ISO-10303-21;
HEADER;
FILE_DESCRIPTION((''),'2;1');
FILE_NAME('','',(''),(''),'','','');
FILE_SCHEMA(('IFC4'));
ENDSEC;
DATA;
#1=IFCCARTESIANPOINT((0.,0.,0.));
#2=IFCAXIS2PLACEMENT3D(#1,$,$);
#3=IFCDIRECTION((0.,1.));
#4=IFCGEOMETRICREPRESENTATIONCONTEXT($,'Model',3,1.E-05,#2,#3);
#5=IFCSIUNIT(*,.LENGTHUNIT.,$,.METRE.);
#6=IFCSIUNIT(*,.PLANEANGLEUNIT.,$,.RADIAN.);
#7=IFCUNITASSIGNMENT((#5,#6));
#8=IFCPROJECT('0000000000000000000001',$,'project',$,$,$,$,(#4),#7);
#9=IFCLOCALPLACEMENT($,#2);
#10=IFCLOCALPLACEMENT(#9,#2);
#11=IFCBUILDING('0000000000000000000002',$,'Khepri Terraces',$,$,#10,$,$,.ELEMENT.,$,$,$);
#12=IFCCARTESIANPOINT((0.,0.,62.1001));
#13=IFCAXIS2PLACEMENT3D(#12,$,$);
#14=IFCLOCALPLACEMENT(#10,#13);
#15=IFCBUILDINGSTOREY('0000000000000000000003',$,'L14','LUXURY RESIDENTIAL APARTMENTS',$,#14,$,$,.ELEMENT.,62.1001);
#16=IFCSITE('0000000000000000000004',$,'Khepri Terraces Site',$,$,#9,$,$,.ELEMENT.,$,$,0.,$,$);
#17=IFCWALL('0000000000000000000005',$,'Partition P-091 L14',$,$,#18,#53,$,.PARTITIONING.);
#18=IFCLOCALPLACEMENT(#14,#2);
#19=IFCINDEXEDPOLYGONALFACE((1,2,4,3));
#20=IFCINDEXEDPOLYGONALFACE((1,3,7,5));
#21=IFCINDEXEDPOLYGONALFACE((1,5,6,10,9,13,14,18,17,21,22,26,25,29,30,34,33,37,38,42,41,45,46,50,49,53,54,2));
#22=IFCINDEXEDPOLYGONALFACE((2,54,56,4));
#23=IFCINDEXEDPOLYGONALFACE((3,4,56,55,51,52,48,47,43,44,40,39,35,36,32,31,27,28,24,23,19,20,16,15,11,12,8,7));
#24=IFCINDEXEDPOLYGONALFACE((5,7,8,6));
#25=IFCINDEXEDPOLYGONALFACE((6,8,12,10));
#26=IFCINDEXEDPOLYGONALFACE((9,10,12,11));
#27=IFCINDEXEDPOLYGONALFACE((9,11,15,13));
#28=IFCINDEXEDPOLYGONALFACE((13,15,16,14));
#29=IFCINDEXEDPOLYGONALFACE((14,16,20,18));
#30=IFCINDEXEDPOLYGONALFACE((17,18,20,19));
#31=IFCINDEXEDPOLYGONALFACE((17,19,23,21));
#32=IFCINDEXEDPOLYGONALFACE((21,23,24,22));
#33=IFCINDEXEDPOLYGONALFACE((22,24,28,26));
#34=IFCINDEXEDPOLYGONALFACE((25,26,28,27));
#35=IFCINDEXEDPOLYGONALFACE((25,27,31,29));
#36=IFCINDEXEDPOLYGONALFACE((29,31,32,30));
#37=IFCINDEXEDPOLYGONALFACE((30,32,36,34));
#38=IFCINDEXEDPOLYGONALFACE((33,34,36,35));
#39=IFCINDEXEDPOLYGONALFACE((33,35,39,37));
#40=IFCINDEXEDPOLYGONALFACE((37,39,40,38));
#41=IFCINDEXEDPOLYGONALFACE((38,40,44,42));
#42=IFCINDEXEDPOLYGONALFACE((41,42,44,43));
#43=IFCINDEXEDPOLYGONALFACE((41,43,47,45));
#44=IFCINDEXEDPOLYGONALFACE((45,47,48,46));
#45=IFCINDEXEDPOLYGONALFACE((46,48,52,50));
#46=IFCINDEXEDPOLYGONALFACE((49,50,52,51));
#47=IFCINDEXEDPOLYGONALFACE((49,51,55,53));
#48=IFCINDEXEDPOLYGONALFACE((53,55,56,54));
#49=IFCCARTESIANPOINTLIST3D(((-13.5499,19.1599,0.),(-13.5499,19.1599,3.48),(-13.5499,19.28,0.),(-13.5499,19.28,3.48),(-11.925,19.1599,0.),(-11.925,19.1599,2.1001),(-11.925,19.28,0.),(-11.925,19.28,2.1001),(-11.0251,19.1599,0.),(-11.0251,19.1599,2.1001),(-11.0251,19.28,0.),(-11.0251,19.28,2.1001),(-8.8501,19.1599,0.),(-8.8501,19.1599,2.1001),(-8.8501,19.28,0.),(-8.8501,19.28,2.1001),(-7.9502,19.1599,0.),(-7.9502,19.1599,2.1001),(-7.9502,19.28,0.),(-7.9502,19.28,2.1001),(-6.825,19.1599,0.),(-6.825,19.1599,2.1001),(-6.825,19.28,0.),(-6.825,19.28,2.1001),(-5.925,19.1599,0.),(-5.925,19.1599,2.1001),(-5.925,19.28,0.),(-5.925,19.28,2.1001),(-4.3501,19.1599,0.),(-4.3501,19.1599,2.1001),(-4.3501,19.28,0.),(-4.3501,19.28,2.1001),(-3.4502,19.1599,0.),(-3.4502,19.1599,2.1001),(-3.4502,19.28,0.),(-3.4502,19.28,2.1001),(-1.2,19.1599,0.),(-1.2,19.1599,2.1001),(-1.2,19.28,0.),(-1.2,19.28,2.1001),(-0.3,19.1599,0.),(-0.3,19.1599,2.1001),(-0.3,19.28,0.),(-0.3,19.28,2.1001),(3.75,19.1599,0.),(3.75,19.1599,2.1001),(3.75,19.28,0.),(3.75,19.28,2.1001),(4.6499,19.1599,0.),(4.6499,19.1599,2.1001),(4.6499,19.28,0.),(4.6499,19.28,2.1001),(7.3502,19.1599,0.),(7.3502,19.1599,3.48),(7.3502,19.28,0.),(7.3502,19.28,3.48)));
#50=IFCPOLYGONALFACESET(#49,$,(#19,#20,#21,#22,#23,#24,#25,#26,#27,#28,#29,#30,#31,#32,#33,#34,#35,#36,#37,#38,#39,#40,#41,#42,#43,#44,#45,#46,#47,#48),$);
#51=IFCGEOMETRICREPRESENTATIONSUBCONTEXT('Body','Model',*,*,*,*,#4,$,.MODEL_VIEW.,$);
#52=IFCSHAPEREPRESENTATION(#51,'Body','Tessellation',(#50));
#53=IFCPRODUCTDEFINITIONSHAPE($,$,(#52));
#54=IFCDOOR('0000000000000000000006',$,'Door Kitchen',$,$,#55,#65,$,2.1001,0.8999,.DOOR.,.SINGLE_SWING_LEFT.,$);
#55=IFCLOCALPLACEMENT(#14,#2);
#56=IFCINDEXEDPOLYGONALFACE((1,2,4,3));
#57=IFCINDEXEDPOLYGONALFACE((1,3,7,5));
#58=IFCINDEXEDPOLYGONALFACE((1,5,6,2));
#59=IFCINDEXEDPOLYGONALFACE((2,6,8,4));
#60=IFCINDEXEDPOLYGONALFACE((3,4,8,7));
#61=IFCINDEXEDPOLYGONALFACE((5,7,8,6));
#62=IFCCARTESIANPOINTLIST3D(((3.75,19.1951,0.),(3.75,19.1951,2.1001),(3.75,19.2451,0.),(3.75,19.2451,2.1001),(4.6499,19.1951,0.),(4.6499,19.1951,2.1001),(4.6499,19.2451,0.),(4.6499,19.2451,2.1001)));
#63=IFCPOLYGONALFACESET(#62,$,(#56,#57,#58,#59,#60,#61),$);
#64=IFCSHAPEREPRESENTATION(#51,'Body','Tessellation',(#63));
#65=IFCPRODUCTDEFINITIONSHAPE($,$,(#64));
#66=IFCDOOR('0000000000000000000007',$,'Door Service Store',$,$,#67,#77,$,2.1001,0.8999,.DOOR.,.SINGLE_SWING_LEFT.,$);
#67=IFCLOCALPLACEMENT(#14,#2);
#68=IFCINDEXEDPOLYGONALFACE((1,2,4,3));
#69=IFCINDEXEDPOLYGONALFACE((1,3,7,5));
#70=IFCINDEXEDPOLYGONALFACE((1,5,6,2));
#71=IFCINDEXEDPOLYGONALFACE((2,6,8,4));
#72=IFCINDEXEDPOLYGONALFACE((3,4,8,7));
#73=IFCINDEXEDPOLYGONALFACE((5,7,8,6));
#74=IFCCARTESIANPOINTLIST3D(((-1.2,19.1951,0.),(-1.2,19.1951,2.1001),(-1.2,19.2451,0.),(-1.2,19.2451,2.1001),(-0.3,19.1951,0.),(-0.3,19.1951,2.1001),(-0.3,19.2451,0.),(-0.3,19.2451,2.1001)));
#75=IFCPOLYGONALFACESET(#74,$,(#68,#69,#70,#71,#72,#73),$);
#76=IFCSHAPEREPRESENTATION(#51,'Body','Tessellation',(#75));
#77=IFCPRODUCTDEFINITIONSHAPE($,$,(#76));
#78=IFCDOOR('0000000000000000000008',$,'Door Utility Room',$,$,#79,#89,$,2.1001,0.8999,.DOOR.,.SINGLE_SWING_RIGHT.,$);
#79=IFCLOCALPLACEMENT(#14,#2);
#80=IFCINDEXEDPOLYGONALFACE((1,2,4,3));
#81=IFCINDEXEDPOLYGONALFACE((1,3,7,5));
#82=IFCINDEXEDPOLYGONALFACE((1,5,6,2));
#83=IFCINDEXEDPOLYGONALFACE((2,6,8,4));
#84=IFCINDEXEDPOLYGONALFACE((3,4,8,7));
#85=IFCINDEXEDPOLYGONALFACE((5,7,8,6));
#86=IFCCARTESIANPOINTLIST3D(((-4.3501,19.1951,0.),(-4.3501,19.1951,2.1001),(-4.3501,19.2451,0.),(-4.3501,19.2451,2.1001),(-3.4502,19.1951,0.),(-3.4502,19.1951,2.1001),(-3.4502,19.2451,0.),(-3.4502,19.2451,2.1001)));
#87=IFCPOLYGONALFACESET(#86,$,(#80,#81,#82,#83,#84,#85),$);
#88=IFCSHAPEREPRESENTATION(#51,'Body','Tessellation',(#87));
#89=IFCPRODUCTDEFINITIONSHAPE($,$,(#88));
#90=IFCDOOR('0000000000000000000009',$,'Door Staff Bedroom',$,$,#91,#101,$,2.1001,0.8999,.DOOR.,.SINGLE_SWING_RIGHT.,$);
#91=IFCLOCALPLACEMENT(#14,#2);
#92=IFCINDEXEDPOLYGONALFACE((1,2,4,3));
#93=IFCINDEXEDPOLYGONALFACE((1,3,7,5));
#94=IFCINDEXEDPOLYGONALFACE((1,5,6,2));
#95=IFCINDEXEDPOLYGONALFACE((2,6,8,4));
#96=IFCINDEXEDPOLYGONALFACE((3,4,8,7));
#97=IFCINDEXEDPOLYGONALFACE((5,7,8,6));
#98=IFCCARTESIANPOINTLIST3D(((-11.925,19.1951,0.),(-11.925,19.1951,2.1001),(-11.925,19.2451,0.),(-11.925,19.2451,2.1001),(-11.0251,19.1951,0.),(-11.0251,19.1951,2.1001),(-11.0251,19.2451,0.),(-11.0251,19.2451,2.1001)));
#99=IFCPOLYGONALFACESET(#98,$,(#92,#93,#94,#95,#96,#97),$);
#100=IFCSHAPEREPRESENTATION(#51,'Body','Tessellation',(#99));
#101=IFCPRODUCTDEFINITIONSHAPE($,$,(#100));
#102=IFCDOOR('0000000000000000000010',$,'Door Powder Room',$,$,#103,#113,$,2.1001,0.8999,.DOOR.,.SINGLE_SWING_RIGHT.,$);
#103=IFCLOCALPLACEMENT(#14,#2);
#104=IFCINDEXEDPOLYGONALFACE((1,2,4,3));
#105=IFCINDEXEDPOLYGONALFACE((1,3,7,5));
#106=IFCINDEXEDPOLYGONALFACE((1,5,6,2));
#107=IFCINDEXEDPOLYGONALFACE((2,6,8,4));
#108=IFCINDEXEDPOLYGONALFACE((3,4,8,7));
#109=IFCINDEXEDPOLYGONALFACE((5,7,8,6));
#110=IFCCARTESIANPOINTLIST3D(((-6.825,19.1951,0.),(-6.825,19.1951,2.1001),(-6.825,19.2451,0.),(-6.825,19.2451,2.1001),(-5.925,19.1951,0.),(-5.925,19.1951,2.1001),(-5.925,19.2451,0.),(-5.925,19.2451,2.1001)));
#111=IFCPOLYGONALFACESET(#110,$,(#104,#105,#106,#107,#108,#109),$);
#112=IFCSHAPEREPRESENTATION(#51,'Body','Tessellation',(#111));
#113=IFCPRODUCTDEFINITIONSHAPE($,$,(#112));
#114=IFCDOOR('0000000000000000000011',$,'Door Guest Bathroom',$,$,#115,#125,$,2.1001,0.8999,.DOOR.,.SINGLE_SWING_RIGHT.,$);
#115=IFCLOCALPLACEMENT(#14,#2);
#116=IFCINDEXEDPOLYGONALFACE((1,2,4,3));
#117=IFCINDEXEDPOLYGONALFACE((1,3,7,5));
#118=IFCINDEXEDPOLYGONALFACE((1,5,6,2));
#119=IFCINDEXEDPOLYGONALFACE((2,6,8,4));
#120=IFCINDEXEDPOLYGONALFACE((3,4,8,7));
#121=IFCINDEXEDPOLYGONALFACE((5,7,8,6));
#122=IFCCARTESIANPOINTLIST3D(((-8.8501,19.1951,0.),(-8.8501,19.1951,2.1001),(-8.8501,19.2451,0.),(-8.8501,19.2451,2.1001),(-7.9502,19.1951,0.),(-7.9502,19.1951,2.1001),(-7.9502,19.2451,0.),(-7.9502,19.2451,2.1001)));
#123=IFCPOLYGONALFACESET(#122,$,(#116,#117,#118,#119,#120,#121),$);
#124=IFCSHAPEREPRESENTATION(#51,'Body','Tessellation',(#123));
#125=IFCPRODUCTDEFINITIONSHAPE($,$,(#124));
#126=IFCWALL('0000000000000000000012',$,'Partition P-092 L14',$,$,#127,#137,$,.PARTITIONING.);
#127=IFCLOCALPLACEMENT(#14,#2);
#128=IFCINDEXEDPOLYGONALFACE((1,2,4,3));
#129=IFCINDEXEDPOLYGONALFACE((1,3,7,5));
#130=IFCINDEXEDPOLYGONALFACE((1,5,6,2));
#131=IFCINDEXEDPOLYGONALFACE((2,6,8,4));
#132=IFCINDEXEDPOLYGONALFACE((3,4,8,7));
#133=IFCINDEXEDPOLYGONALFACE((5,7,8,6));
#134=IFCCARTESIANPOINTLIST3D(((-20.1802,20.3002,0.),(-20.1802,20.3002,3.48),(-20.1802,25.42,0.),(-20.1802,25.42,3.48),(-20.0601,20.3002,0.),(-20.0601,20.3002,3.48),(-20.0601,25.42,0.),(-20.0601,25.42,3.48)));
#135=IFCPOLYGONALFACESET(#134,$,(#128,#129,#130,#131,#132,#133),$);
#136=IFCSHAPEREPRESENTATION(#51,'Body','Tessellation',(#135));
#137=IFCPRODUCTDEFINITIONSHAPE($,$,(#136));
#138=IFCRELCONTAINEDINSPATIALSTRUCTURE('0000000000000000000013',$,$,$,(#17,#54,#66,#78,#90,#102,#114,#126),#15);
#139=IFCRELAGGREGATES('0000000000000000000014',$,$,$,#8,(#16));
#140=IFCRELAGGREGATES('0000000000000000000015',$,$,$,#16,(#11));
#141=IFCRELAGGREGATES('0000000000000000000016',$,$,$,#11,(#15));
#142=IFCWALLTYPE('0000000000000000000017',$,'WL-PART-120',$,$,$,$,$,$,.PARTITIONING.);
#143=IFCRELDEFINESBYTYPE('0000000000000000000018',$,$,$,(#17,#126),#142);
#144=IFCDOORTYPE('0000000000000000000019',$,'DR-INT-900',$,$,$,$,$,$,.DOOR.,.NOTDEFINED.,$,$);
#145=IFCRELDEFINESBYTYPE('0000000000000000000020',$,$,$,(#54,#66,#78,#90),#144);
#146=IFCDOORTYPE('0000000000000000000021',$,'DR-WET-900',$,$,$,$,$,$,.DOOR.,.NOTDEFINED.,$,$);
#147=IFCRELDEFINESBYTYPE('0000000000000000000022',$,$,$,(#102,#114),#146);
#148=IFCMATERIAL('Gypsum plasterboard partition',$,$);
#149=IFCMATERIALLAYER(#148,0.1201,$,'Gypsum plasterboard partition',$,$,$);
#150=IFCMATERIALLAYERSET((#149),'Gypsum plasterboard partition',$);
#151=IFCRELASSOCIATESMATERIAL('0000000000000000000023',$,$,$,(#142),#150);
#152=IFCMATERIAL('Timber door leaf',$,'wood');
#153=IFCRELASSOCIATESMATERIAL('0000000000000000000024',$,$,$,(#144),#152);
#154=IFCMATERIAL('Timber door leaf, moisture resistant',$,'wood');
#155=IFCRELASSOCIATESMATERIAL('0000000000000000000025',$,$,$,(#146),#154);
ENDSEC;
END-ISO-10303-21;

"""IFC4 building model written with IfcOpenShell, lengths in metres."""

from ifc_helpers import new_model, si_unit, direction, frame, frame_2d, origin, place, context, subcontext, project, spatial, rectangle, extrude, material, layer, layer_set, type_object, element, fill, save


model = new_model("IFC4")

# Units and contexts
model_context = context("Model", 3, precision=1e-05, world=origin(), true_north=direction((0.0, 1.0)))
body_context = subcontext(model_context, "Body", "Model", "MODEL_VIEW")
ifc_project = project(units=[si_unit("LENGTHUNIT", "METRE"), si_unit("PLANEANGLEUNIT", "RADIAN")], contexts=[model_context])

# Site, building, storey
site_placement = place(None, origin())
site = spatial("IfcSite", under=ifc_project, at=site_placement, Name="Khepri Terraces Site", CompositionType="ELEMENT", RefElevation=0.0)
building_placement = place(site_placement, origin())
building = spatial("IfcBuilding", under=site, at=building_placement, Name="Khepri Terraces", CompositionType="ELEMENT")
storey_placement = place(building_placement, frame((0.0, 0.0, 62.1001)))
storey = spatial("IfcBuildingStorey", under=building, at=storey_placement, Name="L14", Description="LUXURY RESIDENTIAL APARTMENTS", CompositionType="ELEMENT", Elevation=62.1001)

# Shared definitions
ifc_material_1 = material(Name="Gypsum plasterboard partition")
ifc_layer_1 = layer(ifc_material_1, 0.1201, Name="Gypsum plasterboard partition")
ifc_layer_set_1 = layer_set([ifc_layer_1], Name="Gypsum plasterboard partition")
wall_type_1 = type_object("IfcWallType", Name="WL-PART-120", PredefinedType="PARTITIONING", material=ifc_layer_set_1)

# Wall, openings, doors
wall_1_placement = place(storey_placement, frame((-13.55, 19.22, 0.0), z_axis=(0.0, 0.0, 1.0), x_axis=(1.0, 0.0, 0.0)))
wall_1 = element("IfcWall", 1, at=wall_1_placement, inside=storey, type_object=wall_type_1, Name="Partition P-091 L14", PredefinedType="PARTITIONING", context=body_context, shape_type="SweptSolid", body=[
    extrude(rectangle(XDim=20.9001, YDim=0.1201, at=frame_2d((10.4502, 0.0))), origin(), (0.0, 0.0, 1.0), 3.48),
])
opening_1_placement = place(wall_1_placement, frame((17.3, 0.0, 0.0)))
opening_1 = element("IfcOpeningElement", 2, at=opening_1_placement, cuts=wall_1, PredefinedType="OPENING", context=body_context, shape_type="SweptSolid", body=[
    extrude(rectangle(XDim=0.8999, YDim=2.1001, at=frame_2d((0.45, 1.05))), frame((0.0, 0.0701, 0.0), z_axis=(0.0, -1.0, 0.0), x_axis=(1.0, 0.0, 0.0)), (0.0, 0.0, 1.0), 0.1401),
])
opening_2_placement = place(wall_1_placement, frame((12.3501, 0.0, 0.0)))
opening_2 = element("IfcOpeningElement", 3, at=opening_2_placement, cuts=wall_1, PredefinedType="OPENING", context=body_context, shape_type="SweptSolid", body=[
    extrude(rectangle(XDim=0.8999, YDim=2.1001, at=frame_2d((0.45, 1.05))), frame((0.0, 0.0701, 0.0), z_axis=(0.0, -1.0, 0.0), x_axis=(1.0, 0.0, 0.0)), (0.0, 0.0, 1.0), 0.1401),
])
opening_3_placement = place(wall_1_placement, frame((9.2, 0.0, 0.0)))
opening_3 = element("IfcOpeningElement", 4, at=opening_3_placement, cuts=wall_1, PredefinedType="OPENING", context=body_context, shape_type="SweptSolid", body=[
    extrude(rectangle(XDim=0.8999, YDim=2.1001, at=frame_2d((0.45, 1.05))), frame((0.0, 0.0701, 0.0), z_axis=(0.0, -1.0, 0.0), x_axis=(1.0, 0.0, 0.0)), (0.0, 0.0, 1.0), 0.1401),
])
opening_4_placement = place(wall_1_placement, frame((6.7251, 0.0, 0.0)))
opening_4 = element("IfcOpeningElement", 5, at=opening_4_placement, cuts=wall_1, PredefinedType="OPENING", context=body_context, shape_type="SweptSolid", body=[
    extrude(rectangle(XDim=0.8999, YDim=2.1001, at=frame_2d((0.45, 1.05))), frame((0.0, 0.0701, 0.0), z_axis=(0.0, -1.0, 0.0), x_axis=(1.0, 0.0, 0.0)), (0.0, 0.0, 1.0), 0.1401),
])
opening_5_placement = place(wall_1_placement, frame((4.7, 0.0, 0.0)))
opening_5 = element("IfcOpeningElement", 6, at=opening_5_placement, cuts=wall_1, PredefinedType="OPENING", context=body_context, shape_type="SweptSolid", body=[
    extrude(rectangle(XDim=0.8999, YDim=2.1001, at=frame_2d((0.45, 1.05))), frame((0.0, 0.0701, 0.0), z_axis=(0.0, -1.0, 0.0), x_axis=(1.0, 0.0, 0.0)), (0.0, 0.0, 1.0), 0.1401),
])
opening_6_placement = place(wall_1_placement, frame((1.625, 0.0, 0.0)))
opening_6 = element("IfcOpeningElement", 7, at=opening_6_placement, cuts=wall_1, PredefinedType="OPENING", context=body_context, shape_type="SweptSolid", body=[
    extrude(rectangle(XDim=0.8999, YDim=2.1001, at=frame_2d((0.45, 1.05))), frame((0.0, 0.0701, 0.0), z_axis=(0.0, -1.0, 0.0), x_axis=(1.0, 0.0, 0.0)), (0.0, 0.0, 1.0), 0.1401),
])
ifc_material_2 = material(Name="Timber door leaf", Category="wood")
door_type_1 = type_object("IfcDoorType", Name="DR-INT-900", OperationType="NOTDEFINED", PredefinedType="DOOR", material=ifc_material_2)
door_1_placement = place(opening_1_placement, frame((0.8999, 0.0, 0.0), z_axis=(0.0, 0.0, 1.0), x_axis=(-1.0, 0.0, 0.0)))
door_1 = element("IfcDoor", 8, at=door_1_placement, inside=storey, type_object=door_type_1, Name="Door Kitchen", OperationType="SINGLE_SWING_LEFT", OverallHeight=2.1001, OverallWidth=0.8999, PredefinedType="DOOR", context=body_context, shape_type="SweptSolid", body=[
    extrude(rectangle(XDim=0.8999, YDim=2.1001, at=frame_2d((0.45, 1.05))), frame((0.0, 0.0249, 0.0), z_axis=(0.0, -1.0, 0.0), x_axis=(1.0, 0.0, 0.0)), (0.0, 0.0, 1.0), 0.05),
])
fill(opening_1, door_1)
door_2_placement = place(opening_2_placement, frame((0.8999, 0.0, 0.0), z_axis=(0.0, 0.0, 1.0), x_axis=(-1.0, 0.0, 0.0)))
door_2 = element("IfcDoor", 9, at=door_2_placement, inside=storey, type_object=door_type_1, Name="Door Service Store", OperationType="SINGLE_SWING_LEFT", OverallHeight=2.1001, OverallWidth=0.8999, PredefinedType="DOOR", context=body_context, shape_type="SweptSolid", body=[
    extrude(rectangle(XDim=0.8999, YDim=2.1001, at=frame_2d((0.45, 1.05))), frame((0.0, 0.0249, 0.0), z_axis=(0.0, -1.0, 0.0), x_axis=(1.0, 0.0, 0.0)), (0.0, 0.0, 1.0), 0.05),
])
fill(opening_2, door_2)
door_3_placement = place(opening_3_placement, frame((0.8999, 0.0, 0.0), z_axis=(0.0, 0.0, 1.0), x_axis=(-1.0, 0.0, 0.0)))
door_3 = element("IfcDoor", 10, at=door_3_placement, inside=storey, type_object=door_type_1, Name="Door Utility Room", OperationType="SINGLE_SWING_RIGHT", OverallHeight=2.1001, OverallWidth=0.8999, PredefinedType="DOOR", context=body_context, shape_type="SweptSolid", body=[
    extrude(rectangle(XDim=0.8999, YDim=2.1001, at=frame_2d((0.45, 1.05))), frame((0.0, 0.0249, 0.0), z_axis=(0.0, -1.0, 0.0), x_axis=(1.0, 0.0, 0.0)), (0.0, 0.0, 1.0), 0.05),
])
fill(opening_3, door_3)
door_4_placement = place(opening_6_placement, frame((0.8999, 0.0, 0.0), z_axis=(0.0, 0.0, 1.0), x_axis=(-1.0, 0.0, 0.0)))
door_4 = element("IfcDoor", 11, at=door_4_placement, inside=storey, type_object=door_type_1, Name="Door Staff Bedroom", OperationType="SINGLE_SWING_RIGHT", OverallHeight=2.1001, OverallWidth=0.8999, PredefinedType="DOOR", context=body_context, shape_type="SweptSolid", body=[
    extrude(rectangle(XDim=0.8999, YDim=2.1001, at=frame_2d((0.45, 1.05))), frame((0.0, 0.0249, 0.0), z_axis=(0.0, -1.0, 0.0), x_axis=(1.0, 0.0, 0.0)), (0.0, 0.0, 1.0), 0.05),
])
fill(opening_6, door_4)
ifc_material_3 = material(Name="Timber door leaf, moisture resistant", Category="wood")
door_type_2 = type_object("IfcDoorType", Name="DR-WET-900", OperationType="NOTDEFINED", PredefinedType="DOOR", material=ifc_material_3)
door_5_placement = place(opening_4_placement, frame((0.8999, 0.0, 0.0), z_axis=(0.0, 0.0, 1.0), x_axis=(-1.0, 0.0, 0.0)))
door_5 = element("IfcDoor", 12, at=door_5_placement, inside=storey, type_object=door_type_2, Name="Door Powder Room", OperationType="SINGLE_SWING_RIGHT", OverallHeight=2.1001, OverallWidth=0.8999, PredefinedType="DOOR", context=body_context, shape_type="SweptSolid", body=[
    extrude(rectangle(XDim=0.8999, YDim=2.1001, at=frame_2d((0.45, 1.05))), frame((0.0, 0.0249, 0.0), z_axis=(0.0, -1.0, 0.0), x_axis=(1.0, 0.0, 0.0)), (0.0, 0.0, 1.0), 0.05),
])
fill(opening_4, door_5)
door_6_placement = place(opening_5_placement, frame((0.8999, 0.0, 0.0), z_axis=(0.0, 0.0, 1.0), x_axis=(-1.0, 0.0, 0.0)))
door_6 = element("IfcDoor", 13, at=door_6_placement, inside=storey, type_object=door_type_2, Name="Door Guest Bathroom", OperationType="SINGLE_SWING_RIGHT", OverallHeight=2.1001, OverallWidth=0.8999, PredefinedType="DOOR", context=body_context, shape_type="SweptSolid", body=[
    extrude(rectangle(XDim=0.8999, YDim=2.1001, at=frame_2d((0.45, 1.05))), frame((0.0, 0.0249, 0.0), z_axis=(0.0, -1.0, 0.0), x_axis=(1.0, 0.0, 0.0)), (0.0, 0.0, 1.0), 0.05),
])
fill(opening_5, door_6)

# Wall
wall_2_placement = place(storey_placement, frame((-20.1201, 20.3, 0.0), z_axis=(0.0, 0.0, 1.0), x_axis=(0.0, 1.0, 0.0)))
element("IfcWall", 14, at=wall_2_placement, inside=storey, type_object=wall_type_1, Name="Partition P-092 L14", PredefinedType="PARTITIONING", context=body_context, shape_type="SweptSolid", body=[
    extrude(rectangle(XDim=5.1199, YDim=0.1201, at=frame_2d((2.5601, 0.0))), origin(), (0.0, 0.0, 1.0), 3.48),
])

save(model, "model.ifc")
